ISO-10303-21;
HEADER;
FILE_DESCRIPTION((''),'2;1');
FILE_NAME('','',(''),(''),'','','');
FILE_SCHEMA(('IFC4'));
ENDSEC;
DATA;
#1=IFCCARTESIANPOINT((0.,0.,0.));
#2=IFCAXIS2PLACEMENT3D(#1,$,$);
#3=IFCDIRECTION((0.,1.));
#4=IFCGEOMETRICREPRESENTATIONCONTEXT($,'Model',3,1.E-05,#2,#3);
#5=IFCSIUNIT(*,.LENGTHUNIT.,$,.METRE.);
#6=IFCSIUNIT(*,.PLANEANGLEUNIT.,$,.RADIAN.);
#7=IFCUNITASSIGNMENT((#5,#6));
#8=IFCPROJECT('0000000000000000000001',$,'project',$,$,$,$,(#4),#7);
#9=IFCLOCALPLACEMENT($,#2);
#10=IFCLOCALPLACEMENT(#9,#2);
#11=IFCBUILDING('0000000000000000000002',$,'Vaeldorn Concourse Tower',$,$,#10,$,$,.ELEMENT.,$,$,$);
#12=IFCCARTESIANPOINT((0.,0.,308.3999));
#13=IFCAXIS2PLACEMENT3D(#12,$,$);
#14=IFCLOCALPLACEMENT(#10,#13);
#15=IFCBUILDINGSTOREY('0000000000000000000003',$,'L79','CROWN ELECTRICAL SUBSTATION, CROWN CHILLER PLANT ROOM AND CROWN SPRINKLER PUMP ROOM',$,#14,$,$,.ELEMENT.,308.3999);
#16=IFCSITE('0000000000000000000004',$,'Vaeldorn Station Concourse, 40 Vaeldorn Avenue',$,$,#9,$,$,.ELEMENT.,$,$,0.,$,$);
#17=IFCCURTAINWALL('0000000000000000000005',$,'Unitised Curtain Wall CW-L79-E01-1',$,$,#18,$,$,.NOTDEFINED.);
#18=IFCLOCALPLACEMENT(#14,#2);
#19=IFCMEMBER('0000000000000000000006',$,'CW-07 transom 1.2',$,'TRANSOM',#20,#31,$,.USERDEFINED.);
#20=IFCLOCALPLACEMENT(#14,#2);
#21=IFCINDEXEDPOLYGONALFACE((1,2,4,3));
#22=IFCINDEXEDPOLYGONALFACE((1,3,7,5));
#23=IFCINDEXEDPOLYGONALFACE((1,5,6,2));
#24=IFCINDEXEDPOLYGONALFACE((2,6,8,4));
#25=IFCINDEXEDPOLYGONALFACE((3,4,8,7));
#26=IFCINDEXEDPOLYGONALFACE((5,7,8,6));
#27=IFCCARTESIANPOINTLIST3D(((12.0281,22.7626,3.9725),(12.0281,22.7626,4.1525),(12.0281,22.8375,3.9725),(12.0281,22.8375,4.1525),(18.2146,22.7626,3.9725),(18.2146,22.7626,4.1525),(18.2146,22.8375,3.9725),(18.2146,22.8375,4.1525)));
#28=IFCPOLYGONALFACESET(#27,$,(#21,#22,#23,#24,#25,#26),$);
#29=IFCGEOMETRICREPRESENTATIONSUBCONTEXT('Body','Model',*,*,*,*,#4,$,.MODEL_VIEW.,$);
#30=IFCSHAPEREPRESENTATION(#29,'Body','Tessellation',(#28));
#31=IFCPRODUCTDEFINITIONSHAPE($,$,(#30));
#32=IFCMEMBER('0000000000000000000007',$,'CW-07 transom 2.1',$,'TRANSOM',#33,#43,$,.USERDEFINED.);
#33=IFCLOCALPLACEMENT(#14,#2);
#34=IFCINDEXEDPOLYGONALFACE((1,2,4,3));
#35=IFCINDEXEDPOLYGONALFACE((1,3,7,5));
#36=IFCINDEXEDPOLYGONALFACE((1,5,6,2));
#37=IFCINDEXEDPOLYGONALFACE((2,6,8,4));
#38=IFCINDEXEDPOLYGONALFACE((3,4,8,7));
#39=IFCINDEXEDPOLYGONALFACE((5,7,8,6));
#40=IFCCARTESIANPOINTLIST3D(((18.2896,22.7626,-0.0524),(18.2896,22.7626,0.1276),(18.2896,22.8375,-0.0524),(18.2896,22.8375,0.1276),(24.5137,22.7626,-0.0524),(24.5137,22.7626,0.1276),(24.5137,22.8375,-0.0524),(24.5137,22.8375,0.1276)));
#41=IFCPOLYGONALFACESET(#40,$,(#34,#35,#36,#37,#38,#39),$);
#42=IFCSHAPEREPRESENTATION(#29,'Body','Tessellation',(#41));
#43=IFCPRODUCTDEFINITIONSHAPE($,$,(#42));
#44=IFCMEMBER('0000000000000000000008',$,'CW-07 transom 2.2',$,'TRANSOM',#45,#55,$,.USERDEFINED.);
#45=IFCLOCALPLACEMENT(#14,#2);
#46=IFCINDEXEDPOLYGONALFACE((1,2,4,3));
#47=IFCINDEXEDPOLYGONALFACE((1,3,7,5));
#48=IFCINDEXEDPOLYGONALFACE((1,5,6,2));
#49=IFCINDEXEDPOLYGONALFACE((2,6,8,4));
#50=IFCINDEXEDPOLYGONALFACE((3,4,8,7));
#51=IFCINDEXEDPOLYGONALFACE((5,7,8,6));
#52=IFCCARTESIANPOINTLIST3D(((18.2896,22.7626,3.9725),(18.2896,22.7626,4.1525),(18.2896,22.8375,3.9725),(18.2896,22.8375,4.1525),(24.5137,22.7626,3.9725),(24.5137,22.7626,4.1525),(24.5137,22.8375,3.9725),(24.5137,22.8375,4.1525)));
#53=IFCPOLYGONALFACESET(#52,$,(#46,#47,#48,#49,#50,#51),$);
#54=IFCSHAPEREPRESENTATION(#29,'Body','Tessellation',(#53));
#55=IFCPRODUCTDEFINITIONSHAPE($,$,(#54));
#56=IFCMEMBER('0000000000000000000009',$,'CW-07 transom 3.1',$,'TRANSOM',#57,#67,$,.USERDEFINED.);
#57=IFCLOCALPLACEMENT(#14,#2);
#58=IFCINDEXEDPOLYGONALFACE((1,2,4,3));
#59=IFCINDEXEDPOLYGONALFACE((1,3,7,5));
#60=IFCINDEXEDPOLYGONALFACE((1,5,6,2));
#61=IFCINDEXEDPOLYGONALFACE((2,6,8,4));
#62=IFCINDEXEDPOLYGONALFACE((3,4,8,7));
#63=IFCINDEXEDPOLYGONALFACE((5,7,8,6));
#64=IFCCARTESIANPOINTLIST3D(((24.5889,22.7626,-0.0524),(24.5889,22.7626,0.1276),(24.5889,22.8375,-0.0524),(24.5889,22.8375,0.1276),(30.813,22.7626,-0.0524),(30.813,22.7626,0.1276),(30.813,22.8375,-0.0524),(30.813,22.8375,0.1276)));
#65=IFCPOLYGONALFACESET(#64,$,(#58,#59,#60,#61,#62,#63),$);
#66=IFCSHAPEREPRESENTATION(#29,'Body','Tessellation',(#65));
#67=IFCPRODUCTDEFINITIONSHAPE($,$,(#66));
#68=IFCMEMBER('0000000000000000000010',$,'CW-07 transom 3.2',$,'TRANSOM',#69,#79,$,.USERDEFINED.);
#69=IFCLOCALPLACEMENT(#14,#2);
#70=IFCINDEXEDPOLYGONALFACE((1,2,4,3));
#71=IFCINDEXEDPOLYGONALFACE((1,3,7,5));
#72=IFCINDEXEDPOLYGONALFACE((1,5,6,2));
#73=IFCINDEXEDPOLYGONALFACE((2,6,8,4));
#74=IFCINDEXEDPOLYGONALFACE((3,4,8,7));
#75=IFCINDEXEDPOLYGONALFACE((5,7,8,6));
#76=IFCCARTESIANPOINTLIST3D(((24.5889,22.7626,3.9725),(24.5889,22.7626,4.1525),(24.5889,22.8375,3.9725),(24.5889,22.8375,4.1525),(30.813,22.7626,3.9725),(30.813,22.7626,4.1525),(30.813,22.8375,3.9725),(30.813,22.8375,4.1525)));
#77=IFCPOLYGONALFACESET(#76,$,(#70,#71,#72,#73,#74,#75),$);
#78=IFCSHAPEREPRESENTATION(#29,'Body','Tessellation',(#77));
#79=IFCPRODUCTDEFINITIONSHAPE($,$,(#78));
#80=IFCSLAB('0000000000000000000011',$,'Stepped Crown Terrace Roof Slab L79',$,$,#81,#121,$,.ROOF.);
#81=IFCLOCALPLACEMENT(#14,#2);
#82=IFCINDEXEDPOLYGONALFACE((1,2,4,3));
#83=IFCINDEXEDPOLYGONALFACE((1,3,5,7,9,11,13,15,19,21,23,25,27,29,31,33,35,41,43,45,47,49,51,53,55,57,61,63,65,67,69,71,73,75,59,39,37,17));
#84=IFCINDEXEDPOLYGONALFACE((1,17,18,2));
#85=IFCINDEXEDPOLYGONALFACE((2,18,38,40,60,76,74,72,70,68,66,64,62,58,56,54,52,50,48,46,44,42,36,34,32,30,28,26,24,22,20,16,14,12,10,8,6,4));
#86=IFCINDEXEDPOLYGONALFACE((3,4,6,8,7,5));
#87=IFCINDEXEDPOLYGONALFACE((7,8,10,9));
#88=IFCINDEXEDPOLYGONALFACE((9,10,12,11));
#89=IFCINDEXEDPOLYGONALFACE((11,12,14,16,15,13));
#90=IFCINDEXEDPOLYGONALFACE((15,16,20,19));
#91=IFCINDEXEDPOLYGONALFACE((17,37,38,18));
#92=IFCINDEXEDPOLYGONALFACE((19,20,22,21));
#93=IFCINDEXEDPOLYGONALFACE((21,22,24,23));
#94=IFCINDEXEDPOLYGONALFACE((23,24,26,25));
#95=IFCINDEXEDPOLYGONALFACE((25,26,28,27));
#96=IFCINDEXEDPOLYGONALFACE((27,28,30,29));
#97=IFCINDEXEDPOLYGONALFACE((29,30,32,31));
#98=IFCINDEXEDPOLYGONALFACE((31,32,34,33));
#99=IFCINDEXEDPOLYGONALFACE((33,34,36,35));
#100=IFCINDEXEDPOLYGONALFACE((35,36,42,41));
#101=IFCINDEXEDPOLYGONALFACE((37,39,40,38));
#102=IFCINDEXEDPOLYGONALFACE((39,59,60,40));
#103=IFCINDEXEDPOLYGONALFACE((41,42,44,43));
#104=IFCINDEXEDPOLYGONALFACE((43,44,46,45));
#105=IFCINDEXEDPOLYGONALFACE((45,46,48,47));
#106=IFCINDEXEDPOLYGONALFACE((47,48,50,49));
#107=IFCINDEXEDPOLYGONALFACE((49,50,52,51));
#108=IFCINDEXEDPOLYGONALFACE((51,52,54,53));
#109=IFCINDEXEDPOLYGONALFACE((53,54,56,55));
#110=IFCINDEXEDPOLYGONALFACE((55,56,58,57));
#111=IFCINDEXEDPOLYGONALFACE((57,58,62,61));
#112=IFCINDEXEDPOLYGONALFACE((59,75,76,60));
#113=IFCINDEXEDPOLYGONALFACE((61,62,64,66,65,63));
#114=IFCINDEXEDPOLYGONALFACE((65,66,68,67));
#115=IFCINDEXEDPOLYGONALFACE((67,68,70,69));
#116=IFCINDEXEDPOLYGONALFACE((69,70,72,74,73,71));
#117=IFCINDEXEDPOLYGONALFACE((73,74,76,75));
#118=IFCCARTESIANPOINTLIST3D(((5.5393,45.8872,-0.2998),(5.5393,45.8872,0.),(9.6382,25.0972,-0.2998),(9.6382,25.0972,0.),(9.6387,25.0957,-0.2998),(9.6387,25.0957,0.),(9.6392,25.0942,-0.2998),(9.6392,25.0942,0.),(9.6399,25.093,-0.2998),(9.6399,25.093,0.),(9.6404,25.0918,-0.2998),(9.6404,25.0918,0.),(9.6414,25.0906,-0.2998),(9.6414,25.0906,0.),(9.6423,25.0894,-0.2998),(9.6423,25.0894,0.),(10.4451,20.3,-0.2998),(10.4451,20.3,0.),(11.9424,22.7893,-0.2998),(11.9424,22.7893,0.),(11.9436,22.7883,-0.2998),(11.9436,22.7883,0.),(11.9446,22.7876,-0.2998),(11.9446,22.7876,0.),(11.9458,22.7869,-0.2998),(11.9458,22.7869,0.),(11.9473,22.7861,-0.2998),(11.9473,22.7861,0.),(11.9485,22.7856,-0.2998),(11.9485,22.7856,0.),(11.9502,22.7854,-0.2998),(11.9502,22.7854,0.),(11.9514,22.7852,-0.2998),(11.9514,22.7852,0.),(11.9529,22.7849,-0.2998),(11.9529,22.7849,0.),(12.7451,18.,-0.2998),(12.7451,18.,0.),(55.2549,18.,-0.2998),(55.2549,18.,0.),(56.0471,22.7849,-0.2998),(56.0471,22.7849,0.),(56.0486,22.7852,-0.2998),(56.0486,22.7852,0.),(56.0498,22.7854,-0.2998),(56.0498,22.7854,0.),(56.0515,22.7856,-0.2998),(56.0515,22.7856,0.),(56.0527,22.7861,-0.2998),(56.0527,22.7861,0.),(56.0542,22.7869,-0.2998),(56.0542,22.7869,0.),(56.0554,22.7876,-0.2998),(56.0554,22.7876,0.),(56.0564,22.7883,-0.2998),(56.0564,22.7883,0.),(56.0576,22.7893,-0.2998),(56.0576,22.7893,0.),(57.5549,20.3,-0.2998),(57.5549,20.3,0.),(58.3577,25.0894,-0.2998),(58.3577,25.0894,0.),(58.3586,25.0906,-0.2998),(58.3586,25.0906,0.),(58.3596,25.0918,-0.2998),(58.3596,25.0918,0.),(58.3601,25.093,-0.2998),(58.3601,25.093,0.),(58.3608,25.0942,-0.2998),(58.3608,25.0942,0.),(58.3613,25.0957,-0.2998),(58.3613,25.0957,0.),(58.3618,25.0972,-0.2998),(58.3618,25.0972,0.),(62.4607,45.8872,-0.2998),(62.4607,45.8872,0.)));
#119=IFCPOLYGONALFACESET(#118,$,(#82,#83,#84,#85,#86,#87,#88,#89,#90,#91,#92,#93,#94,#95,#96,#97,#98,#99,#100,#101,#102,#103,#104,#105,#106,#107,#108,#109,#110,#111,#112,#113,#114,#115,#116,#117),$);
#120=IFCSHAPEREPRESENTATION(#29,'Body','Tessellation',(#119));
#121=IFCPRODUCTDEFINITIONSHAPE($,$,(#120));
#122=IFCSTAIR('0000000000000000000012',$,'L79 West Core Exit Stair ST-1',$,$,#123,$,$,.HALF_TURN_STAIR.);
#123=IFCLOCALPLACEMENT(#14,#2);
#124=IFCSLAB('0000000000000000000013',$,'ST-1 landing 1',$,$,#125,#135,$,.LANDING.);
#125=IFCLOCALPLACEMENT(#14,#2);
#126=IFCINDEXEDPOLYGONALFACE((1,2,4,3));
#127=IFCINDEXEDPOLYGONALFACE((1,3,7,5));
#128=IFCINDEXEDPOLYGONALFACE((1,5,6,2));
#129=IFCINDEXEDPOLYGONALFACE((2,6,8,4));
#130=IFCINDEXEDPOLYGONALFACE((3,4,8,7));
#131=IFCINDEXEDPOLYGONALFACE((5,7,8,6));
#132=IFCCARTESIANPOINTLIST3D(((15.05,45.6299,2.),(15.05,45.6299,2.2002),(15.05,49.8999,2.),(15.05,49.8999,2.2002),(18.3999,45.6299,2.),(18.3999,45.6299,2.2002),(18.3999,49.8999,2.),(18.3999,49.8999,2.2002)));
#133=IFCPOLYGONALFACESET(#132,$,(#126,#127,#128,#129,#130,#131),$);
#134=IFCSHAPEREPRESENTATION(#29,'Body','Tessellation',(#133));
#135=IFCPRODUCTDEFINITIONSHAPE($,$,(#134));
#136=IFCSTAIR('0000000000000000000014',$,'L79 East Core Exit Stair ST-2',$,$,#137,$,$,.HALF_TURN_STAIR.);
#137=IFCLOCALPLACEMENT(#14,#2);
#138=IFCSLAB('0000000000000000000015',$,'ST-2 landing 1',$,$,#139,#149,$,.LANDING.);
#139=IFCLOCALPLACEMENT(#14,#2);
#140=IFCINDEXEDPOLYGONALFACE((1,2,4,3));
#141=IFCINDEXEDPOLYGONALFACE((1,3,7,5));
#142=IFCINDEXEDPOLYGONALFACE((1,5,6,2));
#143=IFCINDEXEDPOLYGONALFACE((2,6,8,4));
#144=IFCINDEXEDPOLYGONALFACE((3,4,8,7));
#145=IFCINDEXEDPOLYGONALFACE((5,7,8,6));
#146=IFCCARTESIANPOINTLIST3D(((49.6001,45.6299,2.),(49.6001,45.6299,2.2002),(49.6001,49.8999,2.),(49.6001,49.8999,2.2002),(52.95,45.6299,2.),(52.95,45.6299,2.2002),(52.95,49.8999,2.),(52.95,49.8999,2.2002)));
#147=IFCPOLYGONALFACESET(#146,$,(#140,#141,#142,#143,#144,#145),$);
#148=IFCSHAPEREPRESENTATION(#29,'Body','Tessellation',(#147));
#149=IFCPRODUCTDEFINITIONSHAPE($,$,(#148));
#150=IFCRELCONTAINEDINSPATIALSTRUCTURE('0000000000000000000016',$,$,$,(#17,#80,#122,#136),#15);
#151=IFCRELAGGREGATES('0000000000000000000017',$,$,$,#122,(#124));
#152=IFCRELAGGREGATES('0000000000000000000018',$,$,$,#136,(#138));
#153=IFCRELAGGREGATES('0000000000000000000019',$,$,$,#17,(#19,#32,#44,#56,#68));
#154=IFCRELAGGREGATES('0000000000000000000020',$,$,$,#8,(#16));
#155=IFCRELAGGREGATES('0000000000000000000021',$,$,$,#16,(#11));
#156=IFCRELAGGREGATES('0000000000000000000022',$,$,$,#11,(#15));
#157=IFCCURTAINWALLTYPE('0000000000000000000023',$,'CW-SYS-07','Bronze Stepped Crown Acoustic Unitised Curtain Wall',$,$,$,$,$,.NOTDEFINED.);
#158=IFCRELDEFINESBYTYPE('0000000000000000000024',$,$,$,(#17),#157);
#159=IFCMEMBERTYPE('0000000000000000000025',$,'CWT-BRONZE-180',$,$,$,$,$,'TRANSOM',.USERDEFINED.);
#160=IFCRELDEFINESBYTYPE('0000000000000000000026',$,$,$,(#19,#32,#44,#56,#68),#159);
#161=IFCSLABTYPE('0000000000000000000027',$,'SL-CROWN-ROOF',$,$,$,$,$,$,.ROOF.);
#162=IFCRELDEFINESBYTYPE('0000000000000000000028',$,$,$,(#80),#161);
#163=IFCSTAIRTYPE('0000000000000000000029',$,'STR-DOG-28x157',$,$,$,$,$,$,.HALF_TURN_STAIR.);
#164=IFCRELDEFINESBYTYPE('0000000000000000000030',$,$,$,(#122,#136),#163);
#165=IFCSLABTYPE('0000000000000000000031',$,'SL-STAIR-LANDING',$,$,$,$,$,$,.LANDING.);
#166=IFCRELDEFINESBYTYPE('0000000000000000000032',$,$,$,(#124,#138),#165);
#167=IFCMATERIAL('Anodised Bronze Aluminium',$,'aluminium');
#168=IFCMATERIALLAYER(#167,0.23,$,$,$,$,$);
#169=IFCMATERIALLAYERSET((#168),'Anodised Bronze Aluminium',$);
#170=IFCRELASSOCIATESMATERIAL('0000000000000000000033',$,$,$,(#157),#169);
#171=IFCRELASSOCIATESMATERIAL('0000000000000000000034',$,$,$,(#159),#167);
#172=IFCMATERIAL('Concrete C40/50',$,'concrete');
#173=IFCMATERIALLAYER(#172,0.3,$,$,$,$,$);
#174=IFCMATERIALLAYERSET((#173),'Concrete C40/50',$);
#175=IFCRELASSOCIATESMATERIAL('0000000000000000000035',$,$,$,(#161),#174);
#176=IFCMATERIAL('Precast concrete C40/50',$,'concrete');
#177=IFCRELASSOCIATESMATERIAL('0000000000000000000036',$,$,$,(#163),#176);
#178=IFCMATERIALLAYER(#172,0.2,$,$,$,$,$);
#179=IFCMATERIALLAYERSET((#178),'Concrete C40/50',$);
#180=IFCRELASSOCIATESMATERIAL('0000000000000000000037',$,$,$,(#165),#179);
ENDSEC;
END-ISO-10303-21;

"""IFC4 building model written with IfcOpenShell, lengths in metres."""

from ifc_helpers import new_model, si_unit, direction, frame, origin, origin_2d, place, context, subcontext, project, spatial, polyline, rectangle, outline, extrude, source, transform, mapped, material, layer, layer_set, material_profile, profile_set, type_object, element, aggregate, save


model = new_model("IFC4")

# Units and contexts
model_context = context("Model", 3, precision=1e-05, world=origin(), true_north=direction((0.0, 1.0)))
body_context = subcontext(model_context, "Body", "Model", "MODEL_VIEW")
ifc_project = project(units=[si_unit("LENGTHUNIT", "METRE"), si_unit("PLANEANGLEUNIT", "RADIAN")], contexts=[model_context])

# Site, building, storey
site_placement = place(None, origin())
site = spatial("IfcSite", under=ifc_project, at=site_placement, Name="Vaeldorn Station Concourse, 40 Vaeldorn Avenue", CompositionType="ELEMENT", RefElevation=0.0)
building_placement = place(site_placement, origin())
building = spatial("IfcBuilding", under=site, at=building_placement, Name="Vaeldorn Concourse Tower", CompositionType="ELEMENT")
storey_placement = place(building_placement, frame((0.0, 0.0, 308.3999)))
storey = spatial("IfcBuildingStorey", under=building, at=storey_placement, Name="L79", Description="CROWN ELECTRICAL SUBSTATION, CROWN CHILLER PLANT ROOM AND CROWN SPRINKLER PUMP ROOM", CompositionType="ELEMENT", Elevation=308.3999)

# Curtain wall
ifc_material_1 = material(Name="Anodised Bronze Aluminium", Category="aluminium")
ifc_layer_1 = layer(ifc_material_1, 0.23)
ifc_layer_set_1 = layer_set([ifc_layer_1], Name="Anodised Bronze Aluminium")
curtain_wall_type = type_object("IfcCurtainWallType", Name="CW-SYS-07", Description="Bronze Stepped Crown Acoustic Unitised Curtain Wall", PredefinedType="NOTDEFINED", material=ifc_layer_set_1)
ifc_material_profile_1 = material_profile(ifc_material_1, rectangle(XDim=0.075, YDim=0.1799, at=origin_2d()), Name="CWT 75x180")
ifc_profile_set_1 = profile_set([ifc_material_profile_1], Name="Anodised Bronze Aluminium")
member_type_1 = type_object("IfcMemberType", Name="CWT-BRONZE-180", ElementType="TRANSOM", PredefinedType="USERDEFINED", material=ifc_profile_set_1)
curtain_wall_1_placement = place(storey_placement, origin())
curtain_wall_1 = element("IfcCurtainWall", 1, at=curtain_wall_1_placement, inside=storey, type_object=curtain_wall_type, Name="Unitised Curtain Wall CW-L79-E01-1", PredefinedType="NOTDEFINED")

# Members
shared_shape_1 = source(origin(), body_context, "Body", "SweptSolid", [
    extrude(rectangle(XDim=0.075, YDim=0.1799, at=origin_2d()), origin(), (0.0, 0.0, 1.0), 6.1865),
])
member_1_placement = place(storey_placement, frame((12.0281, 22.8, 4.0625), z_axis=(1.0, 0.0, 0.0), x_axis=(0.0, 1.0, 0.0)))
member_1 = element("IfcMember", 2, at=member_1_placement, type_object=member_type_1, Name="CW-07 transom 1.2", ObjectType="TRANSOM", PredefinedType="USERDEFINED", context=body_context, shape_type="MappedRepresentation", body=[
    mapped(shared_shape_1, transform((0.0, 0.0, 0.0), scale=1.0)),
])
shared_shape_2 = source(origin(), body_context, "Body", "SweptSolid", [
    extrude(rectangle(XDim=0.075, YDim=0.1799, at=origin_2d()), origin(), (0.0, 0.0, 1.0), 6.2241),
])
member_2_placement = place(storey_placement, frame((18.2896, 22.8, 0.0376), z_axis=(1.0, 0.0, 0.0), x_axis=(0.0, 1.0, 0.0)))
member_2 = element("IfcMember", 3, at=member_2_placement, type_object=member_type_1, Name="CW-07 transom 2.1", ObjectType="TRANSOM", PredefinedType="USERDEFINED", context=body_context, shape_type="MappedRepresentation", body=[
    mapped(shared_shape_2, transform((0.0, 0.0, 0.0), scale=1.0)),
])
member_3_placement = place(storey_placement, frame((18.2896, 22.8, 4.0625), z_axis=(1.0, 0.0, 0.0), x_axis=(0.0, 1.0, 0.0)))
member_3 = element("IfcMember", 4, at=member_3_placement, type_object=member_type_1, Name="CW-07 transom 2.2", ObjectType="TRANSOM", PredefinedType="USERDEFINED", context=body_context, shape_type="MappedRepresentation", body=[
    mapped(shared_shape_2, transform((0.0, 0.0, 0.0), scale=1.0)),
])
member_4_placement = place(storey_placement, frame((24.5889, 22.8, 0.0376), z_axis=(1.0, 0.0, 0.0), x_axis=(0.0, 1.0, 0.0)))
member_4 = element("IfcMember", 5, at=member_4_placement, type_object=member_type_1, Name="CW-07 transom 3.1", ObjectType="TRANSOM", PredefinedType="USERDEFINED", context=body_context, shape_type="MappedRepresentation", body=[
    mapped(shared_shape_2, transform((0.0, 0.0, 0.0), scale=1.0)),
])
member_5_placement = place(storey_placement, frame((24.5889, 22.8, 4.0625), z_axis=(1.0, 0.0, 0.0), x_axis=(0.0, 1.0, 0.0)))
member_5 = element("IfcMember", 6, at=member_5_placement, type_object=member_type_1, Name="CW-07 transom 3.2", ObjectType="TRANSOM", PredefinedType="USERDEFINED", context=body_context, shape_type="MappedRepresentation", body=[
    mapped(shared_shape_2, transform((0.0, 0.0, 0.0), scale=1.0)),
])

# Slab
ifc_material_2 = material(Name="Concrete C40/50", Category="concrete")
ifc_layer_2 = layer(ifc_material_2, 0.3)
ifc_layer_set_2 = layer_set([ifc_layer_2], Name="Concrete C40/50")
slab_type_1 = type_object("IfcSlabType", Name="SL-CROWN-ROOF", PredefinedType="ROOF", material=ifc_layer_set_2)
slab_1_placement = place(storey_placement, frame((0.0, 0.0, -0.2998)))
element("IfcSlab", 7, at=slab_1_placement, inside=storey, type_object=slab_type_1, Name="Stepped Crown Terrace Roof Slab L79", PredefinedType="ROOF", context=body_context, shape_type="SweptSolid", body=[
    extrude(outline(polyline([(62.4607, 45.8872), (58.3618, 25.0972), (58.3613, 25.0957), (58.3608, 25.0942), (58.3601, 25.093), (58.3596, 25.0918), (58.3586, 25.0906), (58.3577, 25.0894), (56.0576, 22.7893), (56.0564, 22.7883), (56.0554, 22.7876), (56.0542, 22.7869), (56.0527, 22.7861), (56.0515, 22.7856), (56.0498, 22.7854), (56.0486, 22.7852), (56.0471, 22.7849), (11.9529, 22.7849), (11.9514, 22.7852), (11.9502, 22.7854), (11.9485, 22.7856), (11.9473, 22.7861), (11.9458, 22.7869), (11.9446, 22.7876), (11.9436, 22.7883), (11.9424, 22.7893), (9.6423, 25.0894), (9.6414, 25.0906), (9.6404, 25.0918), (9.6399, 25.093), (9.6392, 25.0942), (9.6387, 25.0957), (9.6382, 25.0972), (5.5393, 45.8872), (10.4451, 20.3), (12.7451, 18.0), (55.2549, 18.0), (57.5549, 20.3), (62.4607, 45.8872)])), origin(), (0.0, 0.0, 1.0), 0.2998),
])

# Stairs, slabs
ifc_material_3 = material(Name="Precast concrete C40/50", Category="concrete")
stair_type = type_object("IfcStairType", Name="STR-DOG-28x157", PredefinedType="HALF_TURN_STAIR", material=ifc_material_3)
stair_1_placement = place(storey_placement, origin())
stair_1 = element("IfcStair", 8, at=stair_1_placement, inside=storey, type_object=stair_type, Name="L79 West Core Exit Stair ST-1", PredefinedType="HALF_TURN_STAIR")
ifc_layer_3 = layer(ifc_material_2, 0.2)
ifc_layer_set_3 = layer_set([ifc_layer_3], Name="Concrete C40/50")
slab_type_2 = type_object("IfcSlabType", Name="SL-STAIR-LANDING", PredefinedType="LANDING", material=ifc_layer_set_3)
slab_2_placement = place(storey_placement, frame((0.0, 0.0, 2.0)))
slab_2 = element("IfcSlab", 9, at=slab_2_placement, type_object=slab_type_2, Name="ST-1 landing 1", PredefinedType="LANDING", context=body_context, shape_type="SweptSolid", body=[
    extrude(outline(polyline([(18.3999, 45.6299), (18.3999, 49.8999), (15.05, 49.8999), (15.05, 45.6299), (18.3999, 45.6299)])), origin(), (0.0, 0.0, 1.0), 0.2002),
])
aggregate(stair_1, [slab_2])
stair_2_placement = place(storey_placement, origin())
stair_2 = element("IfcStair", 10, at=stair_2_placement, inside=storey, type_object=stair_type, Name="L79 East Core Exit Stair ST-2", PredefinedType="HALF_TURN_STAIR")
slab_3_placement = place(storey_placement, frame((0.0, 0.0, 2.0)))
slab_3 = element("IfcSlab", 11, at=slab_3_placement, type_object=slab_type_2, Name="ST-2 landing 1", PredefinedType="LANDING", context=body_context, shape_type="SweptSolid", body=[
    extrude(outline(polyline([(52.95, 45.6299), (52.95, 49.8999), (49.6001, 49.8999), (49.6001, 45.6299), (52.95, 45.6299)])), origin(), (0.0, 0.0, 1.0), 0.2002),
])
aggregate(stair_2, [slab_3])

aggregate(curtain_wall_1, [member_1, member_2, member_3, member_4, member_5])

save(model, "model.ifc")
